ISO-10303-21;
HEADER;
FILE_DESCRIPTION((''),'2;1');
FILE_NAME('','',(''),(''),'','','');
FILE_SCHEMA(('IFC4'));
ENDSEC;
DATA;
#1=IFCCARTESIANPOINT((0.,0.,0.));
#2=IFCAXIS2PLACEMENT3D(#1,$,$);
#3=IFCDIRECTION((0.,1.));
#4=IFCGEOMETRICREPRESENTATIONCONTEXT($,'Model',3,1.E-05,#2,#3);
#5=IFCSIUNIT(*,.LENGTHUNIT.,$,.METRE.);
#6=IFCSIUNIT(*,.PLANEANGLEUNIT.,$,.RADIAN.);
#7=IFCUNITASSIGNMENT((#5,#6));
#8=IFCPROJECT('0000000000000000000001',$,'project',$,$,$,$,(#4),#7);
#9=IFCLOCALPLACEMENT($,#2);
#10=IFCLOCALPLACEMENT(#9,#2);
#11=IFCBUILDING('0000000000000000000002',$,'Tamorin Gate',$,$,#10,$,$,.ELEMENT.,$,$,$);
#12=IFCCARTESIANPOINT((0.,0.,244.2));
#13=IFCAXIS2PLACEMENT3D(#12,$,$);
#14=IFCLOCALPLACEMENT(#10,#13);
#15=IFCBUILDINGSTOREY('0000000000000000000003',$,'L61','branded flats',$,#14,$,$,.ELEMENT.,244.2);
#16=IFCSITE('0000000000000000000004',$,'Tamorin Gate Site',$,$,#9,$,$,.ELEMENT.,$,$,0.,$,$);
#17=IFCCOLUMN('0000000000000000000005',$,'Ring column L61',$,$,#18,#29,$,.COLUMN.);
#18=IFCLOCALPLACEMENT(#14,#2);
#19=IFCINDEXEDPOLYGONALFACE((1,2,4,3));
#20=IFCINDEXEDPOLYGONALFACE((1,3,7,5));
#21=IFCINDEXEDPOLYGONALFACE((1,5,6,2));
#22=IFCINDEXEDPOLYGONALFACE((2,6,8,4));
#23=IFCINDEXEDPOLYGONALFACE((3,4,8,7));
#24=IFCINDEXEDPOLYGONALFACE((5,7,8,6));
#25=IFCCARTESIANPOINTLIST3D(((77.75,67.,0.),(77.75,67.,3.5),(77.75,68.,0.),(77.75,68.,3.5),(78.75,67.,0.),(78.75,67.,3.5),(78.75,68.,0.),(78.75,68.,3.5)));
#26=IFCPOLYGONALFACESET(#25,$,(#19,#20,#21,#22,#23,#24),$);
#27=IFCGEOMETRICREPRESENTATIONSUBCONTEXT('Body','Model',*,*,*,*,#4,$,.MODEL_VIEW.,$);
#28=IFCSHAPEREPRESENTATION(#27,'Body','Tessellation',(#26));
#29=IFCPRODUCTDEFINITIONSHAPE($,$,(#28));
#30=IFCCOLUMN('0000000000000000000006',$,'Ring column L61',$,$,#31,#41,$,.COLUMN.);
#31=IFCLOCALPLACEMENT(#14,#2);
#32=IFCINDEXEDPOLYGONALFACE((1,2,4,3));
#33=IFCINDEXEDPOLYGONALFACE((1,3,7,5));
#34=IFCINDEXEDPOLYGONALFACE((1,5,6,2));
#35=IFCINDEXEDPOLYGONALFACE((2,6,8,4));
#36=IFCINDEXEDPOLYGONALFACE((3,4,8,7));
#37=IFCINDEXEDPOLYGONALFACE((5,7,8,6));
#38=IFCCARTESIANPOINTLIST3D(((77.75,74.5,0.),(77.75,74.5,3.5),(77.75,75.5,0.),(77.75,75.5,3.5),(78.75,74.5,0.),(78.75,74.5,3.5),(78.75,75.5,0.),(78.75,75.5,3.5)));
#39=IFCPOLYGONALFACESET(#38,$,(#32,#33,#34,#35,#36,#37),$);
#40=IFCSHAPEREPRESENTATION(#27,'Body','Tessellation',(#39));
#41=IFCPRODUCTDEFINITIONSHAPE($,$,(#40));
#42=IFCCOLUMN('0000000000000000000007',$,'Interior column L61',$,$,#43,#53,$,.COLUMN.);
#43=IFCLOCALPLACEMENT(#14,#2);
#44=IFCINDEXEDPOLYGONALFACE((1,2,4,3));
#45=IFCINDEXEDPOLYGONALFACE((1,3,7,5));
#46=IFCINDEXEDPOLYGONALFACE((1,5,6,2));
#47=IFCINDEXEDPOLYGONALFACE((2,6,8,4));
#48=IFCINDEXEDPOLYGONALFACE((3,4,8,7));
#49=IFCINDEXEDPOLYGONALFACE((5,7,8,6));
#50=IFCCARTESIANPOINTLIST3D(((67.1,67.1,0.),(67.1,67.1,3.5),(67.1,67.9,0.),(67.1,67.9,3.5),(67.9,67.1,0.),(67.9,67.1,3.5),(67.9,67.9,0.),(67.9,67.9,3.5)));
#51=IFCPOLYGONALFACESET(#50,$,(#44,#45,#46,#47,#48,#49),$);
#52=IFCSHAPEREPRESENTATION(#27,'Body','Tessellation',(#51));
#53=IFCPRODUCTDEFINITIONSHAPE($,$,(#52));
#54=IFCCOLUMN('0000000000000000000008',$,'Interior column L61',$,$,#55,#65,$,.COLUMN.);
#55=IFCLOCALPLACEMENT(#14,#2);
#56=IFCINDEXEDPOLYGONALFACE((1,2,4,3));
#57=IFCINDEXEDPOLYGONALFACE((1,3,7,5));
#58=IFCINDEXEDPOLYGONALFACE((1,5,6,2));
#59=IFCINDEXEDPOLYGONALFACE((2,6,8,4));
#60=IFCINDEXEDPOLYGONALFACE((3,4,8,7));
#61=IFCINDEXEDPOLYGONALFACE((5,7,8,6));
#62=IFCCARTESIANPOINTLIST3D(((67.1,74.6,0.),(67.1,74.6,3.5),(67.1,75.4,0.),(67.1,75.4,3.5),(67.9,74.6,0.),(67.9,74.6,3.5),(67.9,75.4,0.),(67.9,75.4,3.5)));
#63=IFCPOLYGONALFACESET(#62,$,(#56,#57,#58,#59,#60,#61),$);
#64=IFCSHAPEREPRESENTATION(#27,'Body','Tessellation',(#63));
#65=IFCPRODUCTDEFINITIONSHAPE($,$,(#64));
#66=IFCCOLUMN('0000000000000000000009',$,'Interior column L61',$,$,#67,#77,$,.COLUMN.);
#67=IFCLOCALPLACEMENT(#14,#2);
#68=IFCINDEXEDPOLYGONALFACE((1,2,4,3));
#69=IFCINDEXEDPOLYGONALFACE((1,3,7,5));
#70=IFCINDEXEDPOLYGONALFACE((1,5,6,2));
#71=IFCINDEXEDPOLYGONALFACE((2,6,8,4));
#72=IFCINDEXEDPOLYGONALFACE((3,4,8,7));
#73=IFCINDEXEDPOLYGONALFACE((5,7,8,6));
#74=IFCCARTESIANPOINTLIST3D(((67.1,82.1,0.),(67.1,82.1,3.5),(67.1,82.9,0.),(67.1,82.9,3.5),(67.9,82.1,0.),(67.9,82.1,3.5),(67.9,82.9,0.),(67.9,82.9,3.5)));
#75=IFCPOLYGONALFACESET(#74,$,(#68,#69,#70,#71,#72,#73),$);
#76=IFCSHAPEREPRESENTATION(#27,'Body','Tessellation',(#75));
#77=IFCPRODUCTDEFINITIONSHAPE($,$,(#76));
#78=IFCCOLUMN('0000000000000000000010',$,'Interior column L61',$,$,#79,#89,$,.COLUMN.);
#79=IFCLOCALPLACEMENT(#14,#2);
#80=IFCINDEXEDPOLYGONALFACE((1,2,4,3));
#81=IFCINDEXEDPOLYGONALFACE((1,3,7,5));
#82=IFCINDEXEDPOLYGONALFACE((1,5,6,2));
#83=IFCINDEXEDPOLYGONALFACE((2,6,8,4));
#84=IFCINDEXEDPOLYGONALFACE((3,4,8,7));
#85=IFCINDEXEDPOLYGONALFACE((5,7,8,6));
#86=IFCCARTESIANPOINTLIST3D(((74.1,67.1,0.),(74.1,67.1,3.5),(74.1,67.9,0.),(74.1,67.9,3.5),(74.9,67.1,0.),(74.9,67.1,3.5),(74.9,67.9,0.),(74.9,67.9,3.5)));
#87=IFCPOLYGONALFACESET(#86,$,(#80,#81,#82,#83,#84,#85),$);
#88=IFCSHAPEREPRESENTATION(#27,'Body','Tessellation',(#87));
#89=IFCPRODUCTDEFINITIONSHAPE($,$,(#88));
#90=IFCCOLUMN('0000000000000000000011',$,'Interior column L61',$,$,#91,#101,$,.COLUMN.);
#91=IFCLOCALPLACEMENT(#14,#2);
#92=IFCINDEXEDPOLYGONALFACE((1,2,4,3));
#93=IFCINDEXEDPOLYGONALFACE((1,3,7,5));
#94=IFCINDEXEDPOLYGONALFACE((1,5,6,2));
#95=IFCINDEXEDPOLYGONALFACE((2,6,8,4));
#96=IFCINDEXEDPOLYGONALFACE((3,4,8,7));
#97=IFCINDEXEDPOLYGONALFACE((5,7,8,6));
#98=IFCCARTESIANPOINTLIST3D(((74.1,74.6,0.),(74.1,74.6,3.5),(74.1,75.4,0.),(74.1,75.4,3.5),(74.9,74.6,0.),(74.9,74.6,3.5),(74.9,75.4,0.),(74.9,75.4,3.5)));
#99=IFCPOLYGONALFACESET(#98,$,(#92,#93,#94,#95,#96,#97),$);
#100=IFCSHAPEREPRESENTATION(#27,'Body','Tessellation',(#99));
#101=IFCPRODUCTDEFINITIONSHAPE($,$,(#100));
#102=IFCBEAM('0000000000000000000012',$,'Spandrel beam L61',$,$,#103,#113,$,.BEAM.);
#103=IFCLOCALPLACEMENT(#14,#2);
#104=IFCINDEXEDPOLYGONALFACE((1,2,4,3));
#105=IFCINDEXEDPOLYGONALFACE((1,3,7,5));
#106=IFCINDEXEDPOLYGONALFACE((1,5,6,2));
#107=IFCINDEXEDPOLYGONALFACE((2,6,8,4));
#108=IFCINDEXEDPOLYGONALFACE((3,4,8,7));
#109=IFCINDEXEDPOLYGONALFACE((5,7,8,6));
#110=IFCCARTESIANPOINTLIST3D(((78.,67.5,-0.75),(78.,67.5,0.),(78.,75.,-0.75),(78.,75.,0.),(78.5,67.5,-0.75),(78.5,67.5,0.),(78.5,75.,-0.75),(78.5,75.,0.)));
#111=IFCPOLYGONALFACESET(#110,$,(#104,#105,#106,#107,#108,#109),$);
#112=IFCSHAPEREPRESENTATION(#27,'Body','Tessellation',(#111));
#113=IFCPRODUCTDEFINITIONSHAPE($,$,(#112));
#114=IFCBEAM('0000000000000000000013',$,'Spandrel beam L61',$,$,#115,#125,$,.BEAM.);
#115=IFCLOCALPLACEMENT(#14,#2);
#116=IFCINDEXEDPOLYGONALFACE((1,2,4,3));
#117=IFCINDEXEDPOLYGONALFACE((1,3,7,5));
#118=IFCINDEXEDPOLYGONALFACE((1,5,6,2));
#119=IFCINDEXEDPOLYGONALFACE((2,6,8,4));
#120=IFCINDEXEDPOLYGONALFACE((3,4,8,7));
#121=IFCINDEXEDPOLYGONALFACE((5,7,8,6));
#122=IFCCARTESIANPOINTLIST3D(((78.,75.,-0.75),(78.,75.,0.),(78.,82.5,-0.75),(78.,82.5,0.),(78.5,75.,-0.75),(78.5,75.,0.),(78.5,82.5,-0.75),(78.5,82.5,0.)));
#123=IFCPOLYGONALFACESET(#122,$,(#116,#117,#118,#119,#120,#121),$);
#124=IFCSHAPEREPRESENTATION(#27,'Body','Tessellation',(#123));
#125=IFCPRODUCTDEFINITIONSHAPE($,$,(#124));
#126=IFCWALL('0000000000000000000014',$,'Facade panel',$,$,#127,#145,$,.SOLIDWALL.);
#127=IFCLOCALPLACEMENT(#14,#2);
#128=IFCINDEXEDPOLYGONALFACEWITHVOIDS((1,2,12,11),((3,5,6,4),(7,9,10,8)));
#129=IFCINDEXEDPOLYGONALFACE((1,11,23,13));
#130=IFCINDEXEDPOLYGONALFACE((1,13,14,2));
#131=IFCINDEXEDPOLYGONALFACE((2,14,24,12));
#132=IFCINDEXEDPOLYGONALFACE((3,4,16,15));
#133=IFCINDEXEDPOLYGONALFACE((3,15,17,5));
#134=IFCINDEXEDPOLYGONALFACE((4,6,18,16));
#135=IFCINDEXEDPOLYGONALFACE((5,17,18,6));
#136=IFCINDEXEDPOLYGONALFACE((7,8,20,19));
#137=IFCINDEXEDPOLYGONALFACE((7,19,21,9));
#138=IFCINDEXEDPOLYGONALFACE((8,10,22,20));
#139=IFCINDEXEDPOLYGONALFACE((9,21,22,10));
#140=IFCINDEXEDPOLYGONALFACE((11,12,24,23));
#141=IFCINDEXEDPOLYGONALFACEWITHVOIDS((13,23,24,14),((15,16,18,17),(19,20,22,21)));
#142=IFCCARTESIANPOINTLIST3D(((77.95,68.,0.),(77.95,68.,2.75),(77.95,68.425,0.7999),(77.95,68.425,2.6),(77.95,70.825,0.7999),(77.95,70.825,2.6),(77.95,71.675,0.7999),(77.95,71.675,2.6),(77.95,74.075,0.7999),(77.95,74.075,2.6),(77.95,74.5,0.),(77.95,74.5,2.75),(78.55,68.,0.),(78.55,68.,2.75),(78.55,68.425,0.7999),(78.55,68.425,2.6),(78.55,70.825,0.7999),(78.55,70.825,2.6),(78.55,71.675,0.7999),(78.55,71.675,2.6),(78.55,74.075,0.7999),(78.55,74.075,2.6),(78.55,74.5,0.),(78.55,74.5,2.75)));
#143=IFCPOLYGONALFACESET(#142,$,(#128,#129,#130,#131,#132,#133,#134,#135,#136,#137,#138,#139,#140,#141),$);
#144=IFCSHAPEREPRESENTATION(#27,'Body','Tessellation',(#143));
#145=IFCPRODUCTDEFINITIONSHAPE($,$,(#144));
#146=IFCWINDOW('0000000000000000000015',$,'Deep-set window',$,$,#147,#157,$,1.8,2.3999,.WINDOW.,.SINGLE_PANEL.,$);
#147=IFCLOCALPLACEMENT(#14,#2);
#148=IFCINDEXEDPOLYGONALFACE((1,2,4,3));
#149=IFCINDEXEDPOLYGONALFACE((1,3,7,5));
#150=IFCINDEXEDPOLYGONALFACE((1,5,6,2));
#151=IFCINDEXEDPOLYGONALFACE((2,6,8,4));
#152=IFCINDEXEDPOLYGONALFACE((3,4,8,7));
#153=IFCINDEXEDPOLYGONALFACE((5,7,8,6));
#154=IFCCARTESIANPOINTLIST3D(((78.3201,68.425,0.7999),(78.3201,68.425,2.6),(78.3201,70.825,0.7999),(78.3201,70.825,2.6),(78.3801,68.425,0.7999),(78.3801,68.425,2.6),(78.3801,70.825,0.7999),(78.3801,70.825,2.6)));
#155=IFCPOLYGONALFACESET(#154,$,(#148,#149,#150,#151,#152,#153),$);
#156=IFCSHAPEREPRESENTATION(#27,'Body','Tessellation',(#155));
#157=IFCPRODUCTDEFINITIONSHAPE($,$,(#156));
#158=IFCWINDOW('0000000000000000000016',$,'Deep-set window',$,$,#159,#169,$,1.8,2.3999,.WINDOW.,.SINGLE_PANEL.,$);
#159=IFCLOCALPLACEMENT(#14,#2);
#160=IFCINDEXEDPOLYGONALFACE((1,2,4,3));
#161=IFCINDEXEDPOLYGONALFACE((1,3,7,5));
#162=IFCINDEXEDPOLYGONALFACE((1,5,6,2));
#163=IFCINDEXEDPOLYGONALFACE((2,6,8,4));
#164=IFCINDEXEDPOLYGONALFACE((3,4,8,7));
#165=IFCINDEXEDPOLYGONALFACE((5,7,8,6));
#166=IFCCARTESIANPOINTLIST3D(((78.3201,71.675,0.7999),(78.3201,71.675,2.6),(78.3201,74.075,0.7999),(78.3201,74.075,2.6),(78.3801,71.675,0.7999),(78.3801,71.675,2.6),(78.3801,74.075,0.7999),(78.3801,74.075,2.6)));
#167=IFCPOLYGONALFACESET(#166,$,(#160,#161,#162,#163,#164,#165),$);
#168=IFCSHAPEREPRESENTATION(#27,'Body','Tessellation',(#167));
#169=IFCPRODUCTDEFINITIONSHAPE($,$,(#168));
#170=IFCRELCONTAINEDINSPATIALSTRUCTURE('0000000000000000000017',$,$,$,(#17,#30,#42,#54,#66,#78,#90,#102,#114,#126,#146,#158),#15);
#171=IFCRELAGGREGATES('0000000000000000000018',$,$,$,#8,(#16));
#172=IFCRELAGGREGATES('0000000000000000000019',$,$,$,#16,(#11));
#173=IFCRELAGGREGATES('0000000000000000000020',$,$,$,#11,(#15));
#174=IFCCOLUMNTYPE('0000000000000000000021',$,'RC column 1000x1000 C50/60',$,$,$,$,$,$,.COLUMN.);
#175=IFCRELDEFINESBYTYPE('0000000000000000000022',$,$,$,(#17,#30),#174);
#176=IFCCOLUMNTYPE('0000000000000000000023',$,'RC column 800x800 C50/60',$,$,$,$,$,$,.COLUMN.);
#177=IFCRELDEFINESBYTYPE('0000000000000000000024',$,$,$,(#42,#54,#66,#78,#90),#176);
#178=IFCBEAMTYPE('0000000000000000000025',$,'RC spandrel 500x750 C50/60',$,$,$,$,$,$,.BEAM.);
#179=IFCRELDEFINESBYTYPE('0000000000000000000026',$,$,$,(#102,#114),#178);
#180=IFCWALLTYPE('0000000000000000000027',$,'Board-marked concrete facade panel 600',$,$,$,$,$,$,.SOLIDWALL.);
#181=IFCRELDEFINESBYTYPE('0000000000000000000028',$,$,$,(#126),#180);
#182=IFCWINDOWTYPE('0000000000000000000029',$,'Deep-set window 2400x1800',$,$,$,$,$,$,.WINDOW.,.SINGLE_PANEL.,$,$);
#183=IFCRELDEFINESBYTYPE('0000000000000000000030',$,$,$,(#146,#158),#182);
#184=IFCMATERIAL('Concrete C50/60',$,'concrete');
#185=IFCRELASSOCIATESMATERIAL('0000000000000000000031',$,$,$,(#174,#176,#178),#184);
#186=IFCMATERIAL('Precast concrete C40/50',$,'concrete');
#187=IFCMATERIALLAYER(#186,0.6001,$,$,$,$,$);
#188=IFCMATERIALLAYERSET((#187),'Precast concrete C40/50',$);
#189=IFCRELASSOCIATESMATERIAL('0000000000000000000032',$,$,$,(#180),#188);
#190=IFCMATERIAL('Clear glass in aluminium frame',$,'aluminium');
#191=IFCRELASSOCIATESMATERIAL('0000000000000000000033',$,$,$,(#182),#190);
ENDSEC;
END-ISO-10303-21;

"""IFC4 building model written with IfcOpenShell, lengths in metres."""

from ifc_helpers import new_model, si_unit, direction, frame, frame_2d, origin, origin_2d, place, context, subcontext, project, spatial, rectangle, extrude, material, layer, layer_set, material_profile, profile_set, type_object, element, fill, save


model = new_model("IFC4")

# Units and contexts
model_context = context("Model", 3, precision=1e-05, world=origin(), true_north=direction((0.0, 1.0)))
body_context = subcontext(model_context, "Body", "Model", "MODEL_VIEW")
ifc_project = project(units=[si_unit("LENGTHUNIT", "METRE"), si_unit("PLANEANGLEUNIT", "RADIAN")], contexts=[model_context])

# Site, building, storey
site_placement = place(None, origin())
site = spatial("IfcSite", under=ifc_project, at=site_placement, Name="Tamorin Gate Site", CompositionType="ELEMENT", RefElevation=0.0)
building_placement = place(site_placement, origin())
building = spatial("IfcBuilding", under=site, at=building_placement, Name="Tamorin Gate", CompositionType="ELEMENT")
storey_placement = place(building_placement, frame((0.0, 0.0, 244.2)))
storey = spatial("IfcBuildingStorey", under=building, at=storey_placement, Name="L61", Description="branded flats", CompositionType="ELEMENT", Elevation=244.2)

# Columns
ifc_material_1 = material(Name="Concrete C50/60", Category="concrete")
ifc_material_profile_1 = material_profile(ifc_material_1, rectangle(XDim=1.0, YDim=1.0, at=origin_2d()), Name="RC 1000x1000")
ifc_profile_set_1 = profile_set([ifc_material_profile_1], Name="Concrete C50/60")
column_type_1 = type_object("IfcColumnType", Name="RC column 1000x1000 C50/60", PredefinedType="COLUMN", material=ifc_profile_set_1)
for number, where, z_axis, x_axis, name in (
    (1, (78.25, 67.5, 0.0), (0.0, 0.0, 1.0), (1.0, 0.0, 0.0), "Ring column L61"),
    (2, (78.25, 75.0, 0.0), (0.0, 0.0, 1.0), (1.0, 0.0, 0.0), "Ring column L61"),
):
    element("IfcColumn", number, at=place(storey_placement, frame(where, z_axis=z_axis, x_axis=x_axis)), inside=storey, type_object=column_type_1, Name=name, PredefinedType="COLUMN", context=body_context, shape_type="SweptSolid", body=[
        extrude(rectangle(XDim=1.0, YDim=1.0, at=origin_2d()), origin(), (0.0, 0.0, 1.0), 3.5),
    ])
ifc_material_profile_2 = material_profile(ifc_material_1, rectangle(XDim=0.8, YDim=0.8, at=origin_2d()), Name="RC 800x800")
ifc_profile_set_2 = profile_set([ifc_material_profile_2], Name="Concrete C50/60")
column_type_2 = type_object("IfcColumnType", Name="RC column 800x800 C50/60", PredefinedType="COLUMN", material=ifc_profile_set_2)
for number, where, z_axis, x_axis, name in (
    (3, (67.5, 67.5, 0.0), (0.0, 0.0, 1.0), (1.0, 0.0, 0.0), "Interior column L61"),
    (4, (67.5, 75.0, 0.0), (0.0, 0.0, 1.0), (1.0, 0.0, 0.0), "Interior column L61"),
    (5, (67.5, 82.5, 0.0), (0.0, 0.0, 1.0), (1.0, 0.0, 0.0), "Interior column L61"),
    (6, (74.5, 67.5, 0.0), (0.0, 0.0, 1.0), (1.0, 0.0, 0.0), "Interior column L61"),
    (7, (74.5, 75.0, 0.0), (0.0, 0.0, 1.0), (1.0, 0.0, 0.0), "Interior column L61"),
):
    element("IfcColumn", number, at=place(storey_placement, frame(where, z_axis=z_axis, x_axis=x_axis)), inside=storey, type_object=column_type_2, Name=name, PredefinedType="COLUMN", context=body_context, shape_type="SweptSolid", body=[
        extrude(rectangle(XDim=0.8, YDim=0.8, at=origin_2d()), origin(), (0.0, 0.0, 1.0), 3.5),
    ])

# Beams
ifc_material_profile_3 = material_profile(ifc_material_1, rectangle(XDim=0.5, YDim=0.75, at=origin_2d()), Name="RC 500x750")
ifc_profile_set_3 = profile_set([ifc_material_profile_3], Name="Concrete C50/60")
beam_type = type_object("IfcBeamType", Name="RC spandrel 500x750 C50/60", PredefinedType="BEAM", material=ifc_profile_set_3)
for number, where, z_axis, x_axis, name in (
    (8, (78.25, 67.5, -0.375), (0.0, 1.0, 0.0), (-1.0, 0.0, 0.0), "Spandrel beam L61"),
    (9, (78.25, 75.0, -0.375), (0.0, 1.0, 0.0), (-1.0, 0.0, 0.0), "Spandrel beam L61"),
):
    element("IfcBeam", number, at=place(storey_placement, frame(where, z_axis=z_axis, x_axis=x_axis)), inside=storey, type_object=beam_type, Name=name, PredefinedType="BEAM", context=body_context, shape_type="SweptSolid", body=[
        extrude(rectangle(XDim=0.5, YDim=0.75, at=origin_2d()), origin(), (0.0, 0.0, 1.0), 7.5),
    ])

# Wall, openings, windows
ifc_material_2 = material(Name="Precast concrete C40/50", Category="concrete")
ifc_layer_1 = layer(ifc_material_2, 0.6001)
ifc_layer_set_1 = layer_set([ifc_layer_1], Name="Precast concrete C40/50")
wall_type_1 = type_object("IfcWallType", Name="Board-marked concrete facade panel 600", PredefinedType="SOLIDWALL", material=ifc_layer_set_1)
wall_1_placement = place(storey_placement, frame((78.25, 68.0, 0.0), z_axis=(0.0, 0.0, 1.0), x_axis=(0.0, 1.0, 0.0)))
wall_1 = element("IfcWall", 10, at=wall_1_placement, inside=storey, type_object=wall_type_1, Name="Facade panel", PredefinedType="SOLIDWALL", context=body_context, shape_type="SweptSolid", body=[
    extrude(rectangle(XDim=6.5, YDim=0.6001, at=frame_2d((3.25, 0.0))), origin(), (0.0, 0.0, 1.0), 2.75),
])
opening_1_placement = place(wall_1_placement, frame((0.425, 0.0, 0.8)))
opening_1 = element("IfcOpeningElement", 11, at=opening_1_placement, cuts=wall_1, PredefinedType="OPENING", context=body_context, shape_type="SweptSolid", body=[
    extrude(rectangle(XDim=2.3999, YDim=1.8, at=frame_2d((1.2, 0.8999))), frame((0.0, 0.3101, 0.0), z_axis=(0.0, -1.0, 0.0), x_axis=(1.0, 0.0, 0.0)), (0.0, 0.0, 1.0), 0.6201),
])
opening_2_placement = place(wall_1_placement, frame((3.675, 0.0, 0.8)))
opening_2 = element("IfcOpeningElement", 12, at=opening_2_placement, cuts=wall_1, PredefinedType="OPENING", context=body_context, shape_type="SweptSolid", body=[
    extrude(rectangle(XDim=2.3999, YDim=1.8, at=frame_2d((1.2, 0.8999))), frame((0.0, 0.3101, 0.0), z_axis=(0.0, -1.0, 0.0), x_axis=(1.0, 0.0, 0.0)), (0.0, 0.0, 1.0), 0.6201),
])
ifc_material_3 = material(Name="Clear glass in aluminium frame", Category="aluminium")
window_type = type_object("IfcWindowType", Name="Deep-set window 2400x1800", PartitioningType="SINGLE_PANEL", PredefinedType="WINDOW", material=ifc_material_3)
window_1_placement = place(opening_1_placement, origin())
window_1 = element("IfcWindow", 13, at=window_1_placement, inside=storey, type_object=window_type, Name="Deep-set window", OverallHeight=1.8, OverallWidth=2.3999, PartitioningType="SINGLE_PANEL", PredefinedType="WINDOW", context=body_context, shape_type="SweptSolid", body=[
    extrude(rectangle(XDim=2.3999, YDim=1.8, at=frame_2d((1.2, 0.8999))), frame((0.0, -0.0701, 0.0), z_axis=(0.0, -1.0, 0.0), x_axis=(1.0, 0.0, 0.0)), (0.0, 0.0, 1.0), 0.0601),
])
fill(opening_1, window_1)
window_2_placement = place(opening_2_placement, origin())
window_2 = element("IfcWindow", 14, at=window_2_placement, inside=storey, type_object=window_type, Name="Deep-set window", OverallHeight=1.8, OverallWidth=2.3999, PartitioningType="SINGLE_PANEL", PredefinedType="WINDOW", context=body_context, shape_type="SweptSolid", body=[
    extrude(rectangle(XDim=2.3999, YDim=1.8, at=frame_2d((1.2, 0.8999))), frame((0.0, -0.0701, 0.0), z_axis=(0.0, -1.0, 0.0), x_axis=(1.0, 0.0, 0.0)), (0.0, 0.0, 1.0), 0.0601),
])
fill(opening_2, window_2)

save(model, "model.ifc")
